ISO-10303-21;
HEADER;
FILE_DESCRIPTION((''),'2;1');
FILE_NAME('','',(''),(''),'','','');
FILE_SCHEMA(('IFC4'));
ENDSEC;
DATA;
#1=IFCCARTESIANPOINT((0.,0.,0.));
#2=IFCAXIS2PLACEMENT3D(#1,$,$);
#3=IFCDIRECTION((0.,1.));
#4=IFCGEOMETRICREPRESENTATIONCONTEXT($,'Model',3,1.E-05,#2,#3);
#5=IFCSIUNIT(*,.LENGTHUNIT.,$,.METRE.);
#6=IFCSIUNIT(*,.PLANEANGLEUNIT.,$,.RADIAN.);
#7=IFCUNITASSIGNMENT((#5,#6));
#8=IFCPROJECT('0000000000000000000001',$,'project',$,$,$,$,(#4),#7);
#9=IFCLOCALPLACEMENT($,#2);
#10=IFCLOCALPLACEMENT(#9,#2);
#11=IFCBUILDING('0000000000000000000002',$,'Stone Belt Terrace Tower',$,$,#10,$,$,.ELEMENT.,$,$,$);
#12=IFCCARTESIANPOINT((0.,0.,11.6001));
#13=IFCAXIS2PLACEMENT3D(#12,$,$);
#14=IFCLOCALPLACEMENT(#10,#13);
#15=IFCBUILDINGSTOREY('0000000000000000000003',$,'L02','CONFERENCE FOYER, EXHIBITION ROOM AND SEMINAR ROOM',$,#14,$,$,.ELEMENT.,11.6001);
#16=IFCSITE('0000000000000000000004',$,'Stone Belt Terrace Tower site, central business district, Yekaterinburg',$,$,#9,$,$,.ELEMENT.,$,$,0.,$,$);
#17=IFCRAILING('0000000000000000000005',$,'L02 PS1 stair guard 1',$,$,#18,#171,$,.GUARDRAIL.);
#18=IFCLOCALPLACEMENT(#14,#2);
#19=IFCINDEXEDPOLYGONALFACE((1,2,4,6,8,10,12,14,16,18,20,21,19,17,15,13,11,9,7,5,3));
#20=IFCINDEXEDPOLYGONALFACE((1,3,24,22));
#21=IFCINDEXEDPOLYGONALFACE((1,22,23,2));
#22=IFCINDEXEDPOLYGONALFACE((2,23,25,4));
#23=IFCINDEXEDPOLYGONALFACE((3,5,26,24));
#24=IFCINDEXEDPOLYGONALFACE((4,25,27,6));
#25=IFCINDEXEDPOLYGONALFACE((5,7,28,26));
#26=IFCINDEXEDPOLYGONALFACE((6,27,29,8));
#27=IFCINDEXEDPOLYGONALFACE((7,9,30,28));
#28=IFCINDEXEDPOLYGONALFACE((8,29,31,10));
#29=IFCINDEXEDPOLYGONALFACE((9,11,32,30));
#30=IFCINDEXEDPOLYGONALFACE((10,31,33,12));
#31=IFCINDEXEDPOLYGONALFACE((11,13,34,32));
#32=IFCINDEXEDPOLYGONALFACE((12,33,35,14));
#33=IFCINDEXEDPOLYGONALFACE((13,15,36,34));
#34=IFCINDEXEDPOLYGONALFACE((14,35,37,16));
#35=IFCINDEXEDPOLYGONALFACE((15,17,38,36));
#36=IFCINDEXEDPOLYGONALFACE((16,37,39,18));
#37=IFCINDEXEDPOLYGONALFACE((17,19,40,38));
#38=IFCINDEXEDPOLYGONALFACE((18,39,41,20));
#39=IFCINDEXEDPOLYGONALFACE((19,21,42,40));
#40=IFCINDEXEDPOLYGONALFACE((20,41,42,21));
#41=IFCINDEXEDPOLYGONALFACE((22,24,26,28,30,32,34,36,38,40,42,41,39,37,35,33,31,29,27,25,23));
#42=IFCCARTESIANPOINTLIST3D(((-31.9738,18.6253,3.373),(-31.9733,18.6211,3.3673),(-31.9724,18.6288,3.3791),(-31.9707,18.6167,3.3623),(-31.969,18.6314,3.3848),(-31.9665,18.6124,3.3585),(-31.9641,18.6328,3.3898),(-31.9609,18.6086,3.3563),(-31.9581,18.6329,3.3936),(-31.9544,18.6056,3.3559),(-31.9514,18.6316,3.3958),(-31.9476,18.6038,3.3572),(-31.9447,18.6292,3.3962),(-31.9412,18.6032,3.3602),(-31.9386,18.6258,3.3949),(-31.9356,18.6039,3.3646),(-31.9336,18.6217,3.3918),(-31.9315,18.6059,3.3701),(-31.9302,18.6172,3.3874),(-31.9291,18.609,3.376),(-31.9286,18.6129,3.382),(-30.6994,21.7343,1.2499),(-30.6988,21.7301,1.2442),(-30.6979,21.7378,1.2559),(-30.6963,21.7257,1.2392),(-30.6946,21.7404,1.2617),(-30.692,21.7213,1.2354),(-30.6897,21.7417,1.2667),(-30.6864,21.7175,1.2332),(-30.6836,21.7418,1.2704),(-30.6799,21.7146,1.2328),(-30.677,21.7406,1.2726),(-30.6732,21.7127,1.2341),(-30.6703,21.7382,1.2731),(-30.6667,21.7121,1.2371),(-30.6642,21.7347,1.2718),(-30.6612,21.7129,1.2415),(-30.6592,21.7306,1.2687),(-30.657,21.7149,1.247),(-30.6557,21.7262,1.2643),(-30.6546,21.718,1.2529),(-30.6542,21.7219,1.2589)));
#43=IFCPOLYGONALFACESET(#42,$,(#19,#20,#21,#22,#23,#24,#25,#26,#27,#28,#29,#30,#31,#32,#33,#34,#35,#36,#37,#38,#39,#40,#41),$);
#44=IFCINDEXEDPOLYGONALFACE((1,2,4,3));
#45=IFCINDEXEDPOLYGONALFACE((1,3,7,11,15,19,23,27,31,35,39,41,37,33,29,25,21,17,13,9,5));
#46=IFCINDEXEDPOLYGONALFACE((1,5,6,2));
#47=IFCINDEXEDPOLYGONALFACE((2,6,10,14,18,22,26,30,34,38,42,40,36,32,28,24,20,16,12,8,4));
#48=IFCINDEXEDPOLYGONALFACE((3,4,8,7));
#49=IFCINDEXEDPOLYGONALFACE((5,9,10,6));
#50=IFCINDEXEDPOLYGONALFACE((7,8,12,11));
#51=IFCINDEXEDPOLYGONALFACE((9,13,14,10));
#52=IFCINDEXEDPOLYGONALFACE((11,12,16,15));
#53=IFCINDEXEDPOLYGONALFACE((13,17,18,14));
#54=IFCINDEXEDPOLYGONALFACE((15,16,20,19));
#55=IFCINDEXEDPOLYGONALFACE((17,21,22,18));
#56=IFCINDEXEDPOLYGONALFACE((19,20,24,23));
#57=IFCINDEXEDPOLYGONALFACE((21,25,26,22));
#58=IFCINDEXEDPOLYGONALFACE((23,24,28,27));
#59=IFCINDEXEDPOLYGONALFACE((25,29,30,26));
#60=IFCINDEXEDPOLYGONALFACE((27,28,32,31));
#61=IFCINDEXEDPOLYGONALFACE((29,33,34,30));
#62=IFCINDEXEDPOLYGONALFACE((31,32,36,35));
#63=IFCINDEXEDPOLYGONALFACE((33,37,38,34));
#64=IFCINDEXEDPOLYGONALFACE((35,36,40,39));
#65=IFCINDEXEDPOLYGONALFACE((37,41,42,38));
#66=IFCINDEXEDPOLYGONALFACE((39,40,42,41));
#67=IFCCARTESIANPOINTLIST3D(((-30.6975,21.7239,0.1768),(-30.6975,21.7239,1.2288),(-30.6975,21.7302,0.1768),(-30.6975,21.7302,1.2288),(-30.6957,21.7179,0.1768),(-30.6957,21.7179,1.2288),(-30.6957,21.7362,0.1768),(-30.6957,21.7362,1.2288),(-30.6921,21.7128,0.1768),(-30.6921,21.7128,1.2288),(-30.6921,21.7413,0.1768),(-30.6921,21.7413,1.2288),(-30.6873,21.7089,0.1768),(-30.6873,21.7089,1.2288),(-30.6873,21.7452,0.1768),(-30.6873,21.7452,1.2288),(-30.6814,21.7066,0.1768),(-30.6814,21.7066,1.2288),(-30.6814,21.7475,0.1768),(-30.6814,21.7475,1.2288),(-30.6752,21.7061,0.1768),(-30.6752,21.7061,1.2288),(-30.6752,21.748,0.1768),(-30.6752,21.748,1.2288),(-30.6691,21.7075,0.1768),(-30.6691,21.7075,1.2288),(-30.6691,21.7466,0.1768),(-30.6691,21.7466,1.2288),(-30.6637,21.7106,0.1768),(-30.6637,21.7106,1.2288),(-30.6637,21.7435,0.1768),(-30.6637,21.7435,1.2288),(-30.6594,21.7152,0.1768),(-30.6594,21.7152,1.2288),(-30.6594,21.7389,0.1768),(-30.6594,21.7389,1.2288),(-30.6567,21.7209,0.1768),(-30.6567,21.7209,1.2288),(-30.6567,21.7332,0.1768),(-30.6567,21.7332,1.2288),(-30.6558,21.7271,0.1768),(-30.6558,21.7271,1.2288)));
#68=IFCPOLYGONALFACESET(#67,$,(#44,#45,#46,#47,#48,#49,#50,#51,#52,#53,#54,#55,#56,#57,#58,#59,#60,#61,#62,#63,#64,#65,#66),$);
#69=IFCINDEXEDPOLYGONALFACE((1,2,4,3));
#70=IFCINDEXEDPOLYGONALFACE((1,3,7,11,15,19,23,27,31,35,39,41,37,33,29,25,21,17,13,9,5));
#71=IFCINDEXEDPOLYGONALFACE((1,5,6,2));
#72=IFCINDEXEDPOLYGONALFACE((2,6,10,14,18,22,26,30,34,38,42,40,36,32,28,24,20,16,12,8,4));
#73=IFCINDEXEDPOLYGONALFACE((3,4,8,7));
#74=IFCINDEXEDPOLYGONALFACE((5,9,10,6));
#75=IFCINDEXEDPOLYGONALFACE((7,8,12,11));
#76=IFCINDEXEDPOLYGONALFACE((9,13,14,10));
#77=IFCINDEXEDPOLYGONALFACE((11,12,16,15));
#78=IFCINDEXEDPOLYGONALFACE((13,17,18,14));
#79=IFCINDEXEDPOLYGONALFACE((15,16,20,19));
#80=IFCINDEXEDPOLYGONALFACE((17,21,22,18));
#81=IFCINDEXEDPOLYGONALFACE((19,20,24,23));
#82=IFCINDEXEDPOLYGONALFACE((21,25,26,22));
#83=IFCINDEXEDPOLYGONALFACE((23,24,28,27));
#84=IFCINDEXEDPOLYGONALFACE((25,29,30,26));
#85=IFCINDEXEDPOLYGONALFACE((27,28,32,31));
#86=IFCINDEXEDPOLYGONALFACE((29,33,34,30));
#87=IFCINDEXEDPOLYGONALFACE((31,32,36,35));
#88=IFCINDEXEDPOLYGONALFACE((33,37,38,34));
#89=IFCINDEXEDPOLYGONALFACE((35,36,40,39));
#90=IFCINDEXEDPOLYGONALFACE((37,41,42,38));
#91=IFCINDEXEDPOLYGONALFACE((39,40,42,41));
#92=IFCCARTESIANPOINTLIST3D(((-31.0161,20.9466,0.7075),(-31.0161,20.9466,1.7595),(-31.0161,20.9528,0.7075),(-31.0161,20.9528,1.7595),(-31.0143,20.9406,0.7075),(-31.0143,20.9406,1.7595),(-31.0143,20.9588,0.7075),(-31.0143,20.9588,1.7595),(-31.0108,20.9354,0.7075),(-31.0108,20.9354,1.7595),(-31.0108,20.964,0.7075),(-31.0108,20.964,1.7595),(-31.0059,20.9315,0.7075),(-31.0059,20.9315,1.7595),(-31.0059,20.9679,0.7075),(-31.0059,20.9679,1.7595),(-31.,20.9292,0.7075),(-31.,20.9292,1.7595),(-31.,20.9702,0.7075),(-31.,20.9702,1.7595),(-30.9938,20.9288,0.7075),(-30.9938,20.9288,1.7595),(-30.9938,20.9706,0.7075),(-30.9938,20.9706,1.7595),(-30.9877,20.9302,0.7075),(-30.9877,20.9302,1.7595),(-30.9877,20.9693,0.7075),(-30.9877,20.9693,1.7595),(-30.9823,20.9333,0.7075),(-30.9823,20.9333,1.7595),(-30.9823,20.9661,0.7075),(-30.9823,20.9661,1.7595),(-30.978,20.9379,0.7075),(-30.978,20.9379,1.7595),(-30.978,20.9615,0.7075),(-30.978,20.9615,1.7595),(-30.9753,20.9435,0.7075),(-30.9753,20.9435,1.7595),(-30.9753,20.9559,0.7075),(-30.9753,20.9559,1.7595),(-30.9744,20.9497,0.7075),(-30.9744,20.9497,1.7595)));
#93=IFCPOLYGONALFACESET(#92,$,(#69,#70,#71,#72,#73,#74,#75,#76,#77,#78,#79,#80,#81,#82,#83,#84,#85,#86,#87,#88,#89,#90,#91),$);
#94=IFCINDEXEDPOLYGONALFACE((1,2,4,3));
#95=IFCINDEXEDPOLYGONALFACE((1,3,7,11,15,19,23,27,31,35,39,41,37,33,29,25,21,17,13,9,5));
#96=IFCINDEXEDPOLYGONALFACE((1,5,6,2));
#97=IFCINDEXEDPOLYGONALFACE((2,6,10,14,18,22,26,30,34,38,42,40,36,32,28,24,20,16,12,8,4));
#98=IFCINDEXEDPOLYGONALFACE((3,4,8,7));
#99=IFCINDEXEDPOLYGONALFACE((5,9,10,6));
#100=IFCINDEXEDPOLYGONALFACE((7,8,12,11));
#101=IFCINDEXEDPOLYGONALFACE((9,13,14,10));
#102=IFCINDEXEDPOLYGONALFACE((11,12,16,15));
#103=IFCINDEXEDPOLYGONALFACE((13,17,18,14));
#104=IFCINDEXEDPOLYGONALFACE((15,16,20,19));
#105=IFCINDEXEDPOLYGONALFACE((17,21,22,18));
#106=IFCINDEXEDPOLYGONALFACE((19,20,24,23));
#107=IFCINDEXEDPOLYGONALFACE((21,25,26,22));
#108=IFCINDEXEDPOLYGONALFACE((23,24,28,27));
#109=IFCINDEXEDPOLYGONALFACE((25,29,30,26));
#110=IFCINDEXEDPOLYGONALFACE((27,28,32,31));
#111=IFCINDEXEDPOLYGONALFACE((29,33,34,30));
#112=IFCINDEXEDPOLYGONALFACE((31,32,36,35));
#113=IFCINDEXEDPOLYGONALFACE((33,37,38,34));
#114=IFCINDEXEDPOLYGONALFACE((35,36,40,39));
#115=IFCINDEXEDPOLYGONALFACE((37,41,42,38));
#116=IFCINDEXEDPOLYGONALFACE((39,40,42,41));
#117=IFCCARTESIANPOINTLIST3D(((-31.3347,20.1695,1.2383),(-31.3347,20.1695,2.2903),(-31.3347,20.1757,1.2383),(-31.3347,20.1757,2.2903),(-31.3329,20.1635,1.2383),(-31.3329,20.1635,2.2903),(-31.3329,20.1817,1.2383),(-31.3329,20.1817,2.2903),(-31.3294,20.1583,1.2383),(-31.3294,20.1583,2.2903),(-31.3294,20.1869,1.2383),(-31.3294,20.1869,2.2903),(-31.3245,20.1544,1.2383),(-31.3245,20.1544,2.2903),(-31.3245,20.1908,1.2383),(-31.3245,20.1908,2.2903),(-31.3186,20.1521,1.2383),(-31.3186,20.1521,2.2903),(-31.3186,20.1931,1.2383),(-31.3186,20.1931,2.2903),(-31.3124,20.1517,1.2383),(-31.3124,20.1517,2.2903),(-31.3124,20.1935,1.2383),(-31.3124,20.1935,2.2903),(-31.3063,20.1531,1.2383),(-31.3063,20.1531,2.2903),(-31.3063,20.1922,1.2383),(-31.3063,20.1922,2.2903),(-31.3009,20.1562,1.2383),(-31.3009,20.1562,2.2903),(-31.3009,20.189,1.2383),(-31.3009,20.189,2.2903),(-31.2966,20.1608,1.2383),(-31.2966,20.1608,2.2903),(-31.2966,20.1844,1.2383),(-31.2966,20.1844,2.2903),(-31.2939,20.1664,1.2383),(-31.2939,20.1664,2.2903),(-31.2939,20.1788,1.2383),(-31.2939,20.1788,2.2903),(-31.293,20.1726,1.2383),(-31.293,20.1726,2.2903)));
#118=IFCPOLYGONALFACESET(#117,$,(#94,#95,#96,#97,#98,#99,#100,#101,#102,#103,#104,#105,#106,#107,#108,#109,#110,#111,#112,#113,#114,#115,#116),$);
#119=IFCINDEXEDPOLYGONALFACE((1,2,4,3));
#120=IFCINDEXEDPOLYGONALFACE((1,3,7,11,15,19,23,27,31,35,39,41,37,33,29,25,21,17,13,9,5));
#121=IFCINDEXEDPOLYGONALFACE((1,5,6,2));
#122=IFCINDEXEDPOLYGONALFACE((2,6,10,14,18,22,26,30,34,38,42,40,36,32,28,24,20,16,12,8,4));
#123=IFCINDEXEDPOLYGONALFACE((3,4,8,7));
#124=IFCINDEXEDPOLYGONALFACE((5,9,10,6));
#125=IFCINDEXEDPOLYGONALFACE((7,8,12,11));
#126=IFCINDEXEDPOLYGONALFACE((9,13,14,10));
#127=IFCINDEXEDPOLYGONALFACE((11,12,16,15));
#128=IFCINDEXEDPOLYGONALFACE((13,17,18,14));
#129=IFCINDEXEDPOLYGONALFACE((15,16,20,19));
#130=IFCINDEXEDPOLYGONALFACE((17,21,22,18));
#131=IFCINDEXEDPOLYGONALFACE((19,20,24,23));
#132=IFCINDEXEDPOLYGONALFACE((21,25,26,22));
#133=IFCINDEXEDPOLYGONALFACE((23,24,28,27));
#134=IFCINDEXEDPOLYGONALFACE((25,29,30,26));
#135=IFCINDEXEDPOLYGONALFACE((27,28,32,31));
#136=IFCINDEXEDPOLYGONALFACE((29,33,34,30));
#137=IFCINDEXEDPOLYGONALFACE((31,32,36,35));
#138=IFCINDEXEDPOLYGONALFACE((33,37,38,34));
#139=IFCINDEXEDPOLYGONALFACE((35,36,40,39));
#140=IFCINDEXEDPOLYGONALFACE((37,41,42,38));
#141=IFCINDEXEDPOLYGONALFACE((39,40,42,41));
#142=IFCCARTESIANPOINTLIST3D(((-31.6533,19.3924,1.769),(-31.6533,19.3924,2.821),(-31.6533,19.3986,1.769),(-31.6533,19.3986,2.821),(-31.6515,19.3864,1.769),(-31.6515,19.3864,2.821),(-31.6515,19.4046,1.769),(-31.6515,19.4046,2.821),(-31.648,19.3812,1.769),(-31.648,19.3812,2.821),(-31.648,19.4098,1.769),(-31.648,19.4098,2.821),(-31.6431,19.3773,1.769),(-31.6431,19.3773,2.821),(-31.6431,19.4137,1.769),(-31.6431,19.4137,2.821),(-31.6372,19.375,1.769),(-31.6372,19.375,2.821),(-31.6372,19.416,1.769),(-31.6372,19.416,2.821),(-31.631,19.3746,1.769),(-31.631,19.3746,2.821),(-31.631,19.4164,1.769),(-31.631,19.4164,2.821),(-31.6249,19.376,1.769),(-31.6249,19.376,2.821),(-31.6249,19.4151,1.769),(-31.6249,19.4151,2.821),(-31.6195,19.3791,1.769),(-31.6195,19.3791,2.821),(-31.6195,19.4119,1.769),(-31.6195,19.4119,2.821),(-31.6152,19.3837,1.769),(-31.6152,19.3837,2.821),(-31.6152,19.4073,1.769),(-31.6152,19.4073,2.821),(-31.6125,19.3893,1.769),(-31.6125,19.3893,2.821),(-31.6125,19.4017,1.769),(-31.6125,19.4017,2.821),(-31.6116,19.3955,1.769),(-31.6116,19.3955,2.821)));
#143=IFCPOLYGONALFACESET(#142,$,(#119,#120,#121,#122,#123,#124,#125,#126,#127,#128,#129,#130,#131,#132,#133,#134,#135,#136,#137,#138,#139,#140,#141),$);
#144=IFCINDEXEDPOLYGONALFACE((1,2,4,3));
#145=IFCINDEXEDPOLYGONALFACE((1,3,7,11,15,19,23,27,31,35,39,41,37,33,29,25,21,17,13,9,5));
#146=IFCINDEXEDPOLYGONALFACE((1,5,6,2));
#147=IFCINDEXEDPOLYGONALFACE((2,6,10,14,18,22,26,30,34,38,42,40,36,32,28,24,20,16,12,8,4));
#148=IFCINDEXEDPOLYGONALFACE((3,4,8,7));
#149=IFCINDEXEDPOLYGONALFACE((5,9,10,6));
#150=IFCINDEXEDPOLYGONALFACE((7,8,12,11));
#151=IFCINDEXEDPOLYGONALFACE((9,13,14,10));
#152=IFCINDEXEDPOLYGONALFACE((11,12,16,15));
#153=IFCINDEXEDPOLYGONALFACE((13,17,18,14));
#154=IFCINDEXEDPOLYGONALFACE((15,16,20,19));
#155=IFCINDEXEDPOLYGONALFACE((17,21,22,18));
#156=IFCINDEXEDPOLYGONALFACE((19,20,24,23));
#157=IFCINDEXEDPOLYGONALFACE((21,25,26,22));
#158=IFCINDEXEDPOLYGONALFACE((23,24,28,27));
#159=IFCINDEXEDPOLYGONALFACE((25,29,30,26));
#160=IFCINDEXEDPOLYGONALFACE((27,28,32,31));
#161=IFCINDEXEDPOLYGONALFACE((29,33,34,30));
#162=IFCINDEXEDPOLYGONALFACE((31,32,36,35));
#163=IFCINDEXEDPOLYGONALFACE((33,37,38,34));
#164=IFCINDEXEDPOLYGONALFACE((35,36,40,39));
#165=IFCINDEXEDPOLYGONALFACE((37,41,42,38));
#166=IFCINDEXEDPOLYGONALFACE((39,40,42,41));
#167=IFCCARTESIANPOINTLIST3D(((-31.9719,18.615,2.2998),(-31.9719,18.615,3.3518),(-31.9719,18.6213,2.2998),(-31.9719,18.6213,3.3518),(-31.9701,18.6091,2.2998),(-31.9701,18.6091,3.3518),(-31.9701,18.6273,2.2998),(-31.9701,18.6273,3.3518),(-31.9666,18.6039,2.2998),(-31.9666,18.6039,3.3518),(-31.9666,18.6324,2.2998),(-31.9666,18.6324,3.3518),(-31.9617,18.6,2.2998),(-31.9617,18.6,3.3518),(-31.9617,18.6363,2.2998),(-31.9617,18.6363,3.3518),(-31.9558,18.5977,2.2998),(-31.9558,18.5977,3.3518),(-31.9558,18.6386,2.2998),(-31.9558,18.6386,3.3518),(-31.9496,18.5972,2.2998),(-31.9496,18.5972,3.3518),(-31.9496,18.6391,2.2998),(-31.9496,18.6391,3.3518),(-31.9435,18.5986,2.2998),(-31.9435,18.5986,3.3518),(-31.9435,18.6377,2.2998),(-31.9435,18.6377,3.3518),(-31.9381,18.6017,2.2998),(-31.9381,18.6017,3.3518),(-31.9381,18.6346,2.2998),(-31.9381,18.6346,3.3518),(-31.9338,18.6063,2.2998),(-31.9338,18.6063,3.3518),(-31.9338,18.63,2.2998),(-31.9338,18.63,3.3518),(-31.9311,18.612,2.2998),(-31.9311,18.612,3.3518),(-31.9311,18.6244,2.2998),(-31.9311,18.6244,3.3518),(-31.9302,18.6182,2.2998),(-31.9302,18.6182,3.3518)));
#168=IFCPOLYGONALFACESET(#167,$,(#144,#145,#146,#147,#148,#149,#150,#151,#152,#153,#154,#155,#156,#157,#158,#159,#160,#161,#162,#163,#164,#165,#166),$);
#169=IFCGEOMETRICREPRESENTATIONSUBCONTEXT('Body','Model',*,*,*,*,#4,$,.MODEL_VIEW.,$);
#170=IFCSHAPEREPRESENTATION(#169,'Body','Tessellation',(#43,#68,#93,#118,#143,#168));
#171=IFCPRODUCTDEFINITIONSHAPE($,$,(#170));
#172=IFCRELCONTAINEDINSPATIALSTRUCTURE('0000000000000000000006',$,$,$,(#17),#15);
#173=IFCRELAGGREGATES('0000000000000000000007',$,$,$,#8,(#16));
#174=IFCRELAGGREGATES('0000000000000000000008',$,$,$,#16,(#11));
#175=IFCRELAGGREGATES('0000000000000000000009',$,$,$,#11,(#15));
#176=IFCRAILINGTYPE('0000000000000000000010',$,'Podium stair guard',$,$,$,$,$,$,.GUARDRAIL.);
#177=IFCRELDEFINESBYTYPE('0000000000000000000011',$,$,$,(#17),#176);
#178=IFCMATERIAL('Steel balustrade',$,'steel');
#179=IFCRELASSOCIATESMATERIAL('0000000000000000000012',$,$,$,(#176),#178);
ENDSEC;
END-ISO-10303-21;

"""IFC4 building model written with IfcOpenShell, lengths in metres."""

from ifc_helpers import new_model, si_unit, direction, frame, origin, origin_2d, place, context, subcontext, project, spatial, circle, extrude, material, type_object, element, save


model = new_model("IFC4")

# Units and contexts
model_context = context("Model", 3, precision=1e-05, world=origin(), true_north=direction((0.0, 1.0)))
body_context = subcontext(model_context, "Body", "Model", "MODEL_VIEW")
ifc_project = project(units=[si_unit("LENGTHUNIT", "METRE"), si_unit("PLANEANGLEUNIT", "RADIAN")], contexts=[model_context])

# Site, building, storey
site_placement = place(None, origin())
site = spatial("IfcSite", under=ifc_project, at=site_placement, Name="Stone Belt Terrace Tower site, central business district, Yekaterinburg", CompositionType="ELEMENT", RefElevation=0.0)
building_placement = place(site_placement, origin())
building = spatial("IfcBuilding", under=site, at=building_placement, Name="Stone Belt Terrace Tower", CompositionType="ELEMENT")
storey_placement = place(building_placement, frame((0.0, 0.0, 11.6001)))
storey = spatial("IfcBuildingStorey", under=building, at=storey_placement, Name="L02", Description="CONFERENCE FOYER, EXHIBITION ROOM AND SEMINAR ROOM", CompositionType="ELEMENT", Elevation=11.6001)

# Railing
ifc_material_1 = material(Name="Steel balustrade", Category="steel")
railing_type_1 = type_object("IfcRailingType", Name="Podium stair guard", PredefinedType="GUARDRAIL", material=ifc_material_1)
railing_1_placement = place(storey_placement, frame((-30.6768, 21.7271, 0.1768)))
element("IfcRailing", 1, at=railing_1_placement, inside=storey, type_object=railing_type_1, Name="L02 PS1 stair guard 1", PredefinedType="GUARDRAIL", context=body_context, shape_type="SweptSolid", body=[
    extrude(circle(Radius=0.0239, at=origin_2d()), frame((0.0, 0.0, 1.0762), z_axis=(-0.320648, -0.782209, 0.534167), x_axis=(0.925276, -0.379295, 0.0)), (0.0, 0.0, 1.0), 3.9746),
    extrude(circle(Radius=0.021, at=origin_2d()), origin(), (0.0, 0.0, 1.0), 1.052),
    extrude(circle(Radius=0.021, at=origin_2d()), frame((-0.3186, -0.7773, 0.5308)), (0.0, 0.0, 1.0), 1.052),
    extrude(circle(Radius=0.021, at=origin_2d()), frame((-0.6372, -1.5544, 1.0615)), (0.0, 0.0, 1.0), 1.052),
    extrude(circle(Radius=0.021, at=origin_2d()), frame((-0.9558, -2.3315, 1.5923)), (0.0, 0.0, 1.0), 1.052),
    extrude(circle(Radius=0.021, at=origin_2d()), frame((-1.2744, -3.1089, 2.123)), (0.0, 0.0, 1.0), 1.052),
])

save(model, "model.ifc")
